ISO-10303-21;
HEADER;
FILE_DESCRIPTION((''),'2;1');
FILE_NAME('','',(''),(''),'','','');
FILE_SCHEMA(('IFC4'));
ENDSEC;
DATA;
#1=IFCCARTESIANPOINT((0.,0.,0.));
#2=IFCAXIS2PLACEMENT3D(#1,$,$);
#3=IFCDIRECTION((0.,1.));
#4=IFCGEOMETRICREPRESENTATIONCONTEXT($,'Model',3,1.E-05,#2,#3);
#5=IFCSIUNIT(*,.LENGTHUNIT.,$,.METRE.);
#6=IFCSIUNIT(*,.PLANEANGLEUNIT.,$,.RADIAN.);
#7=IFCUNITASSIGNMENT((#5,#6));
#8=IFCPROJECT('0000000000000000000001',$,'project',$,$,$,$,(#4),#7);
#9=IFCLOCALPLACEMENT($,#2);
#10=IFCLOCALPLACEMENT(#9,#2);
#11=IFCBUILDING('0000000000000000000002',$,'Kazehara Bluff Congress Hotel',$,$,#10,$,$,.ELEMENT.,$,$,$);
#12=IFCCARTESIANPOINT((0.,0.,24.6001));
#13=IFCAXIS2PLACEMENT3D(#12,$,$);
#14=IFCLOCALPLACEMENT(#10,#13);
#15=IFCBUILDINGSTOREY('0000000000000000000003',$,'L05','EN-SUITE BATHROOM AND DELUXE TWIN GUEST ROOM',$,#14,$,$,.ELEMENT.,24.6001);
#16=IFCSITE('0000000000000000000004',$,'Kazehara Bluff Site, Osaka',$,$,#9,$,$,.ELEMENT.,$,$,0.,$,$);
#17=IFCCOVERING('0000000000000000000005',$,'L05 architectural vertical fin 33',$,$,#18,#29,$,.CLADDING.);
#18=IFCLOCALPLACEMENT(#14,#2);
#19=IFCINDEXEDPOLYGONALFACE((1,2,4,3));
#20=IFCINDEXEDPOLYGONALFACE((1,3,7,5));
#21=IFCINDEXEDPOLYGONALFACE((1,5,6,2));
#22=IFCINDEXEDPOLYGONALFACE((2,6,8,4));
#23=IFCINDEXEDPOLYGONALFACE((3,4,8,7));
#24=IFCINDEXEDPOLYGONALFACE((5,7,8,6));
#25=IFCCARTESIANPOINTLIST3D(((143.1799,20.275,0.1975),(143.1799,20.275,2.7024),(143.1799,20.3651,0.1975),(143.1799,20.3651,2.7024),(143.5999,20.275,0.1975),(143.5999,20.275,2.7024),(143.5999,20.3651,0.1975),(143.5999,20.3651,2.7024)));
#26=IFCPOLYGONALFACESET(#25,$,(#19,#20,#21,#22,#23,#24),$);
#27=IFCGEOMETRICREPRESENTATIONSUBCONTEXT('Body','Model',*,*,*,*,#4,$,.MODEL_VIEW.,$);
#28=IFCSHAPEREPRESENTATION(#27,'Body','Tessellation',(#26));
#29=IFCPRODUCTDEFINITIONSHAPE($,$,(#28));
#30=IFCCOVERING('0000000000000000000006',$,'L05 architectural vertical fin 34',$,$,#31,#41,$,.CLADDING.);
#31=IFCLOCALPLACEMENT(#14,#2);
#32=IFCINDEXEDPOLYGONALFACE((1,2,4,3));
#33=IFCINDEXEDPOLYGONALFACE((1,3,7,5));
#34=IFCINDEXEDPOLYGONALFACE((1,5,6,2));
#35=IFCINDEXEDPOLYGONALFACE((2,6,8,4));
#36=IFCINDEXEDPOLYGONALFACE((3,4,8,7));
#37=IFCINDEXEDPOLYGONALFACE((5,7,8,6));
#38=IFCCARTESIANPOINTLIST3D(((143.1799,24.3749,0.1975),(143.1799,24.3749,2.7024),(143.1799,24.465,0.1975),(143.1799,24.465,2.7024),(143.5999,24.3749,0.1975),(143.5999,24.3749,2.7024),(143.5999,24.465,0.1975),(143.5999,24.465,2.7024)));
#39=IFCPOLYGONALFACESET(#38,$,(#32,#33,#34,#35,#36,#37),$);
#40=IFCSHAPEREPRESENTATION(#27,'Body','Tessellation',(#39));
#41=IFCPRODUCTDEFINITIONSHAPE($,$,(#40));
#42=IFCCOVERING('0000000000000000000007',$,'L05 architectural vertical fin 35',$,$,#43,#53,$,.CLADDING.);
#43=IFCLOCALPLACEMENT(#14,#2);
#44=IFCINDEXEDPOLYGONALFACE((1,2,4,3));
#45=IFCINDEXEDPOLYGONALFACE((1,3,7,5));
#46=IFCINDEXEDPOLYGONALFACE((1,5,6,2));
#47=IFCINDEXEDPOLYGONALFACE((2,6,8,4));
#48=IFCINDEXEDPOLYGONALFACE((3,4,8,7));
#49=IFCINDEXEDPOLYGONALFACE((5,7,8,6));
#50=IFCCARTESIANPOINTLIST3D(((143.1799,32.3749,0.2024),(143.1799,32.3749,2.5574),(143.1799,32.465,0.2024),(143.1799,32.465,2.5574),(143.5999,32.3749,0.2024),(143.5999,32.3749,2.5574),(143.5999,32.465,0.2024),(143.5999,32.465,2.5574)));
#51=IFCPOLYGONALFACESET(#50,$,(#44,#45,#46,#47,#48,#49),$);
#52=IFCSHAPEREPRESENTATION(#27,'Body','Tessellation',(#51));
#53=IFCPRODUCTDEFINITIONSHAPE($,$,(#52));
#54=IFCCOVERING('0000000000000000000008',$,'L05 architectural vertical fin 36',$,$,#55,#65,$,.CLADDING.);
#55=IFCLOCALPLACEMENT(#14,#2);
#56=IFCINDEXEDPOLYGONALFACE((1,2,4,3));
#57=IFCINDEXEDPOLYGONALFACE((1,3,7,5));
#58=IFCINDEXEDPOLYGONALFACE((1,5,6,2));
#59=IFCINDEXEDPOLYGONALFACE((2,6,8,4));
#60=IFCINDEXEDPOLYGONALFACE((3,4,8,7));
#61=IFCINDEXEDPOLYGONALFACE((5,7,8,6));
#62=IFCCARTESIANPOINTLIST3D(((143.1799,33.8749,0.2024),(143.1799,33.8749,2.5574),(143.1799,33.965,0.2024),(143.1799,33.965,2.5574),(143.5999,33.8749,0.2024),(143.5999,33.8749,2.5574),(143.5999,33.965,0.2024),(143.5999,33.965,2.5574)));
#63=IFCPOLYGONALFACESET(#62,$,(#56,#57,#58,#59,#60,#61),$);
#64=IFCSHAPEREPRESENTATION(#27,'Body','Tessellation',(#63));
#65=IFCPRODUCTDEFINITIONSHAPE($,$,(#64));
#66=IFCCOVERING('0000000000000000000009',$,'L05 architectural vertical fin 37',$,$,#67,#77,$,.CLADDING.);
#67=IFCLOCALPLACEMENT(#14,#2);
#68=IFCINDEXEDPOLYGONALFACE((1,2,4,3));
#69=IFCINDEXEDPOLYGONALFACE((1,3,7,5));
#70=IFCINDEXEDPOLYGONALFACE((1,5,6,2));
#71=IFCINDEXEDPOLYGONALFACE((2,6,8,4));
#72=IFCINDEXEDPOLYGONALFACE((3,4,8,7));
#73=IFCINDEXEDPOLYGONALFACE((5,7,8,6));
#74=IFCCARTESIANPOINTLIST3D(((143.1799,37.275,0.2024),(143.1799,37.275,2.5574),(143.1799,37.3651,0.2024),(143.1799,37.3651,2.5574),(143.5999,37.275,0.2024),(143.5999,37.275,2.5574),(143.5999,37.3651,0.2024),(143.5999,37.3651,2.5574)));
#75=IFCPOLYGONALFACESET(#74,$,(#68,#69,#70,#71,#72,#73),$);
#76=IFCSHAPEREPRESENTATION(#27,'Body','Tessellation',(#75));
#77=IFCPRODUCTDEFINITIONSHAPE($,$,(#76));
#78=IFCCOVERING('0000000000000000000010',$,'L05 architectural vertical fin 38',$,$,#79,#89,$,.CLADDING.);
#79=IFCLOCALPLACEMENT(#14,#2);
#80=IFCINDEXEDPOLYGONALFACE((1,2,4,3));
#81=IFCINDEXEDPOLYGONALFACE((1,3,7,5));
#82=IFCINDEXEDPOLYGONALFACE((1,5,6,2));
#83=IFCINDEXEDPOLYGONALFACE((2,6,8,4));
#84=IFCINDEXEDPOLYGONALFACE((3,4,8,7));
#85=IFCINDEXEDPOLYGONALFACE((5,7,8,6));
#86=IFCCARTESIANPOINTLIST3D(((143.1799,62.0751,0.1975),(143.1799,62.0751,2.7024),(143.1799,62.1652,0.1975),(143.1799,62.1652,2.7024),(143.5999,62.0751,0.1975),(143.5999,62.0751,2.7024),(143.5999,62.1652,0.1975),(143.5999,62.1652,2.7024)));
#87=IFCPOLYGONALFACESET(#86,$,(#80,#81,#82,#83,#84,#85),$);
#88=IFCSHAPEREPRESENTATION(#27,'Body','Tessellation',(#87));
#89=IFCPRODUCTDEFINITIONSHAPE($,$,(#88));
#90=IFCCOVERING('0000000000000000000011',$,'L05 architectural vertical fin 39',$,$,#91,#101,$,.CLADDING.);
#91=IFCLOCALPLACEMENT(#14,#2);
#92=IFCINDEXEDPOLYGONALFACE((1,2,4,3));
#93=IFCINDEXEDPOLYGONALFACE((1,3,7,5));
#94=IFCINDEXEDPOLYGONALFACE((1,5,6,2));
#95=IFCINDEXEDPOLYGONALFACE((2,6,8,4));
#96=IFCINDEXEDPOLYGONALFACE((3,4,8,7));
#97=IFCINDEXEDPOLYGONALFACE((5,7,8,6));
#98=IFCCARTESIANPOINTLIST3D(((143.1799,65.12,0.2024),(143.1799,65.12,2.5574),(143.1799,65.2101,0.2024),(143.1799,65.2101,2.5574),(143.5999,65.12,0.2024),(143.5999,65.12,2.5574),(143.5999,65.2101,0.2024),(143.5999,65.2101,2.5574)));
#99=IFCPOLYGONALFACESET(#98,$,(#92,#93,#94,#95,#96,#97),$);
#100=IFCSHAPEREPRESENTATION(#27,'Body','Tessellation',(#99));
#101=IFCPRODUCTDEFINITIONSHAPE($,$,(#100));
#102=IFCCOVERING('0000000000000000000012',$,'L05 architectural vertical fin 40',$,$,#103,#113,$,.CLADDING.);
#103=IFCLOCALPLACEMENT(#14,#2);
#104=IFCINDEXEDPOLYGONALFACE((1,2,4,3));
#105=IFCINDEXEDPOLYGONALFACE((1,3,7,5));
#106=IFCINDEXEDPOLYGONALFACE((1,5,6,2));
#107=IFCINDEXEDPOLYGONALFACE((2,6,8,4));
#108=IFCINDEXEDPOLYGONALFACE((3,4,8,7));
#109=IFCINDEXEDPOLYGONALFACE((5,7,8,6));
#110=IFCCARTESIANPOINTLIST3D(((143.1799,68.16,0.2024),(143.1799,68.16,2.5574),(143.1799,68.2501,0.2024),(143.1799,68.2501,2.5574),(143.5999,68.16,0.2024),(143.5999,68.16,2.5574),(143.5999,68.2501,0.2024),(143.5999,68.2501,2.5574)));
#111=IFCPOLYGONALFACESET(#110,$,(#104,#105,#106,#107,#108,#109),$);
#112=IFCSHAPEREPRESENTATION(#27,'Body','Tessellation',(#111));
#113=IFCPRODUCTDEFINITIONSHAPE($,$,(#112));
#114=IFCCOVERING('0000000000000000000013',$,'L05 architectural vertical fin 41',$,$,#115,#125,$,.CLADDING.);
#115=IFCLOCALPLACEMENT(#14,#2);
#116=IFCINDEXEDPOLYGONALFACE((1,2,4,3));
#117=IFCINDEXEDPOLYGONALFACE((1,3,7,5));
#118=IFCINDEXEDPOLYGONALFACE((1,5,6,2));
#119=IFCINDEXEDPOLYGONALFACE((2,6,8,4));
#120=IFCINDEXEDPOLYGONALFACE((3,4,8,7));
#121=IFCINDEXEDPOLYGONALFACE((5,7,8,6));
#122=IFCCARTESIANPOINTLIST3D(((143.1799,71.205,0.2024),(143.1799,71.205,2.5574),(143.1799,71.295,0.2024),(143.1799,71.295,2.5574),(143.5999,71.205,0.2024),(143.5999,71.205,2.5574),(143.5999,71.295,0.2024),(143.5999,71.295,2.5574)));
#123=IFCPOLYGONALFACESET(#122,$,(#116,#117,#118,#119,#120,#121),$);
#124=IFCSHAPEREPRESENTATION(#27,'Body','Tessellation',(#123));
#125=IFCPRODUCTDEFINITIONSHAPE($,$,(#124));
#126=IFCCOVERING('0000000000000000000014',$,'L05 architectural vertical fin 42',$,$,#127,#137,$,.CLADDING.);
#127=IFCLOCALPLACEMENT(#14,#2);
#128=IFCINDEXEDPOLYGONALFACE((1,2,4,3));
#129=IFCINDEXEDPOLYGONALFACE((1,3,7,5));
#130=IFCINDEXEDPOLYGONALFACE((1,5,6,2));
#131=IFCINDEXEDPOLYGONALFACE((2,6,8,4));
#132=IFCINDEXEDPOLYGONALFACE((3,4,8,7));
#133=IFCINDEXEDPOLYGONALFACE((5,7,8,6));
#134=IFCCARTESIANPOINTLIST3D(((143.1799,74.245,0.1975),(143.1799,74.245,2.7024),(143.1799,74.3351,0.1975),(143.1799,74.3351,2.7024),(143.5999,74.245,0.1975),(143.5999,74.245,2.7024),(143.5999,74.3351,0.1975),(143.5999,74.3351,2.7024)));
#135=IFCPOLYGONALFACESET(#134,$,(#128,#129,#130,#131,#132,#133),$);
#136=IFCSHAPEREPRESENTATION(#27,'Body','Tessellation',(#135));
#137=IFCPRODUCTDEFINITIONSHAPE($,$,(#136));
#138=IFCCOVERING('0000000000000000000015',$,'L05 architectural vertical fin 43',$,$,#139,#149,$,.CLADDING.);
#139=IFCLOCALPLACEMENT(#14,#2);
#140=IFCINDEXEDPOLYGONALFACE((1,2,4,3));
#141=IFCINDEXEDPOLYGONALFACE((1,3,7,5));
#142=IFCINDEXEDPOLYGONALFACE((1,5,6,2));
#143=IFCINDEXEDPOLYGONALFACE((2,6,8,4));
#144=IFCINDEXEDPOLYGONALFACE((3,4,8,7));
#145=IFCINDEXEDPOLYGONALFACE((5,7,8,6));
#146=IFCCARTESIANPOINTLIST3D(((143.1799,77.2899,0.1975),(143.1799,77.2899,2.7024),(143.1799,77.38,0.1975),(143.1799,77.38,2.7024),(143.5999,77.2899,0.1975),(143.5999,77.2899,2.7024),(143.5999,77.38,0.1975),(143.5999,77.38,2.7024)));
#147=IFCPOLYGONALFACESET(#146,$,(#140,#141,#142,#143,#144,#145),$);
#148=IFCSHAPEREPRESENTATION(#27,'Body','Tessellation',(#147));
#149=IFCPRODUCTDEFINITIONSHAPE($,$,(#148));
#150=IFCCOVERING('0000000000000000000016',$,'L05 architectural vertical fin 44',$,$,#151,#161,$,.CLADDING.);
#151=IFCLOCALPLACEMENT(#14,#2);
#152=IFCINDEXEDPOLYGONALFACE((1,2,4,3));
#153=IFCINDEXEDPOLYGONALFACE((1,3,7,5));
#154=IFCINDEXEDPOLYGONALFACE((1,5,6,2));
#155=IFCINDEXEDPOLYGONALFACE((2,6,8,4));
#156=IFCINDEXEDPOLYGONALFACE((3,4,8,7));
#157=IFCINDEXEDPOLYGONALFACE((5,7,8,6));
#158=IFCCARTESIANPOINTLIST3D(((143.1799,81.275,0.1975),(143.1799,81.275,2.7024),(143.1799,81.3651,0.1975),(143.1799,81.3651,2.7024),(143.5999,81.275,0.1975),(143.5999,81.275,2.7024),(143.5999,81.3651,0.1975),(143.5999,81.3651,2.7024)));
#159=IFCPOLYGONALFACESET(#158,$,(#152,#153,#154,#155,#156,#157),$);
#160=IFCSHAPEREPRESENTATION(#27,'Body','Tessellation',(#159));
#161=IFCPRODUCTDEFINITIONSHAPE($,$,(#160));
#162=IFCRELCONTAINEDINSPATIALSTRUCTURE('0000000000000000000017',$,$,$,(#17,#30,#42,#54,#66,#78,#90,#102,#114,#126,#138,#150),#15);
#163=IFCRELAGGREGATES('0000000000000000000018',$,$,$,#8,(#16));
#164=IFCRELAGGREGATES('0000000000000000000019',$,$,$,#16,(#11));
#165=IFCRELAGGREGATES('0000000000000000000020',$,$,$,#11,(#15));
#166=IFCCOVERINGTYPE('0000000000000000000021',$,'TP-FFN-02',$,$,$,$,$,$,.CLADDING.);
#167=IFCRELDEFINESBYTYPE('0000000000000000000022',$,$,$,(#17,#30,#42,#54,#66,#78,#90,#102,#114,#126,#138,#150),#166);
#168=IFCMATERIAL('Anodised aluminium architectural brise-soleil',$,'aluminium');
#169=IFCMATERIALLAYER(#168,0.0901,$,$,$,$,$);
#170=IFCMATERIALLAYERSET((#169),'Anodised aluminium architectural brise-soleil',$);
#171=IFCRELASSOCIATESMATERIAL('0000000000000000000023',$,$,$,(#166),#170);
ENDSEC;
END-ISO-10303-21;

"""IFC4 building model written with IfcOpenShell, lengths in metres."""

from ifc_helpers import new_model, si_unit, direction, frame, origin, origin_2d, place, context, subcontext, project, spatial, rectangle, extrude, material, layer, layer_set, type_object, element, save


model = new_model("IFC4")

# Units and contexts
model_context = context("Model", 3, precision=1e-05, world=origin(), true_north=direction((0.0, 1.0)))
body_context = subcontext(model_context, "Body", "Model", "MODEL_VIEW")
ifc_project = project(units=[si_unit("LENGTHUNIT", "METRE"), si_unit("PLANEANGLEUNIT", "RADIAN")], contexts=[model_context])

# Site, building, storey
site_placement = place(None, origin())
site = spatial("IfcSite", under=ifc_project, at=site_placement, Name="Kazehara Bluff Site, Osaka", CompositionType="ELEMENT", RefElevation=0.0)
building_placement = place(site_placement, origin())
building = spatial("IfcBuilding", under=site, at=building_placement, Name="Kazehara Bluff Congress Hotel", CompositionType="ELEMENT")
storey_placement = place(building_placement, frame((0.0, 0.0, 24.6001)))
storey = spatial("IfcBuildingStorey", under=building, at=storey_placement, Name="L05", Description="EN-SUITE BATHROOM AND DELUXE TWIN GUEST ROOM", CompositionType="ELEMENT", Elevation=24.6001)

# Coverings
ifc_material_1 = material(Name="Anodised aluminium architectural brise-soleil", Category="aluminium")
ifc_layer_1 = layer(ifc_material_1, 0.0901)
ifc_layer_set_1 = layer_set([ifc_layer_1], Name="Anodised aluminium architectural brise-soleil")
covering_type = type_object("IfcCoveringType", Name="TP-FFN-02", PredefinedType="CLADDING", material=ifc_layer_set_1)
for number, where, z_axis, x_axis, name in (
    (1, (143.3899, 20.3201, 0.1975), (0.0, 0.0, 1.0), (1.0, 0.0, 0.0), "L05 architectural vertical fin 33"),
    (2, (143.3899, 24.4199, 0.1975), (0.0, 0.0, 1.0), (1.0, 0.0, 0.0), "L05 architectural vertical fin 34"),
):
    element("IfcCovering", number, at=place(storey_placement, frame(where, z_axis=z_axis, x_axis=x_axis)), inside=storey, type_object=covering_type, Name=name, PredefinedType="CLADDING", context=body_context, shape_type="SweptSolid", body=[
        extrude(rectangle(XDim=0.4199, YDim=0.0901, at=origin_2d()), origin(), (0.0, 0.0, 1.0), 2.5049),
    ])
for number, where, z_axis, x_axis, name in (
    (3, (143.3899, 32.4199, 0.2024), (0.0, 0.0, 1.0), (1.0, 0.0, 0.0), "L05 architectural vertical fin 35"),
    (4, (143.3899, 33.9199, 0.2024), (0.0, 0.0, 1.0), (1.0, 0.0, 0.0), "L05 architectural vertical fin 36"),
    (5, (143.3899, 37.3201, 0.2024), (0.0, 0.0, 1.0), (1.0, 0.0, 0.0), "L05 architectural vertical fin 37"),
):
    element("IfcCovering", number, at=place(storey_placement, frame(where, z_axis=z_axis, x_axis=x_axis)), inside=storey, type_object=covering_type, Name=name, PredefinedType="CLADDING", context=body_context, shape_type="SweptSolid", body=[
        extrude(rectangle(XDim=0.4199, YDim=0.0901, at=origin_2d()), origin(), (0.0, 0.0, 1.0), 2.355),
    ])
covering_placement = place(storey_placement, frame((143.3899, 62.1201, 0.1975), z_axis=(0.0, 0.0, 1.0), x_axis=(1.0, 0.0, 0.0)))
element("IfcCovering", 6, at=covering_placement, inside=storey, type_object=covering_type, Name="L05 architectural vertical fin 38", PredefinedType="CLADDING", context=body_context, shape_type="SweptSolid", body=[
    extrude(rectangle(XDim=0.4199, YDim=0.0901, at=origin_2d()), origin(), (0.0, 0.0, 1.0), 2.5049),
])
for number, where, z_axis, x_axis, name in (
    (7, (143.3899, 65.165, 0.2024), (0.0, 0.0, 1.0), (1.0, 0.0, 0.0), "L05 architectural vertical fin 39"),
    (8, (143.3899, 68.2051, 0.2024), (0.0, 0.0, 1.0), (1.0, 0.0, 0.0), "L05 architectural vertical fin 40"),
    (9, (143.3899, 71.25, 0.2024), (0.0, 0.0, 1.0), (1.0, 0.0, 0.0), "L05 architectural vertical fin 41"),
):
    element("IfcCovering", number, at=place(storey_placement, frame(where, z_axis=z_axis, x_axis=x_axis)), inside=storey, type_object=covering_type, Name=name, PredefinedType="CLADDING", context=body_context, shape_type="SweptSolid", body=[
        extrude(rectangle(XDim=0.4199, YDim=0.0901, at=origin_2d()), origin(), (0.0, 0.0, 1.0), 2.355),
    ])
for number, where, z_axis, x_axis, name in (
    (10, (143.3899, 74.29, 0.1975), (0.0, 0.0, 1.0), (1.0, 0.0, 0.0), "L05 architectural vertical fin 42"),
    (11, (143.3899, 77.335, 0.1975), (0.0, 0.0, 1.0), (1.0, 0.0, 0.0), "L05 architectural vertical fin 43"),
    (12, (143.3899, 81.3201, 0.1975), (0.0, 0.0, 1.0), (1.0, 0.0, 0.0), "L05 architectural vertical fin 44"),
):
    element("IfcCovering", number, at=place(storey_placement, frame(where, z_axis=z_axis, x_axis=x_axis)), inside=storey, type_object=covering_type, Name=name, PredefinedType="CLADDING", context=body_context, shape_type="SweptSolid", body=[
        extrude(rectangle(XDim=0.4199, YDim=0.0901, at=origin_2d()), origin(), (0.0, 0.0, 1.0), 2.5049),
    ])

save(model, "model.ifc")
